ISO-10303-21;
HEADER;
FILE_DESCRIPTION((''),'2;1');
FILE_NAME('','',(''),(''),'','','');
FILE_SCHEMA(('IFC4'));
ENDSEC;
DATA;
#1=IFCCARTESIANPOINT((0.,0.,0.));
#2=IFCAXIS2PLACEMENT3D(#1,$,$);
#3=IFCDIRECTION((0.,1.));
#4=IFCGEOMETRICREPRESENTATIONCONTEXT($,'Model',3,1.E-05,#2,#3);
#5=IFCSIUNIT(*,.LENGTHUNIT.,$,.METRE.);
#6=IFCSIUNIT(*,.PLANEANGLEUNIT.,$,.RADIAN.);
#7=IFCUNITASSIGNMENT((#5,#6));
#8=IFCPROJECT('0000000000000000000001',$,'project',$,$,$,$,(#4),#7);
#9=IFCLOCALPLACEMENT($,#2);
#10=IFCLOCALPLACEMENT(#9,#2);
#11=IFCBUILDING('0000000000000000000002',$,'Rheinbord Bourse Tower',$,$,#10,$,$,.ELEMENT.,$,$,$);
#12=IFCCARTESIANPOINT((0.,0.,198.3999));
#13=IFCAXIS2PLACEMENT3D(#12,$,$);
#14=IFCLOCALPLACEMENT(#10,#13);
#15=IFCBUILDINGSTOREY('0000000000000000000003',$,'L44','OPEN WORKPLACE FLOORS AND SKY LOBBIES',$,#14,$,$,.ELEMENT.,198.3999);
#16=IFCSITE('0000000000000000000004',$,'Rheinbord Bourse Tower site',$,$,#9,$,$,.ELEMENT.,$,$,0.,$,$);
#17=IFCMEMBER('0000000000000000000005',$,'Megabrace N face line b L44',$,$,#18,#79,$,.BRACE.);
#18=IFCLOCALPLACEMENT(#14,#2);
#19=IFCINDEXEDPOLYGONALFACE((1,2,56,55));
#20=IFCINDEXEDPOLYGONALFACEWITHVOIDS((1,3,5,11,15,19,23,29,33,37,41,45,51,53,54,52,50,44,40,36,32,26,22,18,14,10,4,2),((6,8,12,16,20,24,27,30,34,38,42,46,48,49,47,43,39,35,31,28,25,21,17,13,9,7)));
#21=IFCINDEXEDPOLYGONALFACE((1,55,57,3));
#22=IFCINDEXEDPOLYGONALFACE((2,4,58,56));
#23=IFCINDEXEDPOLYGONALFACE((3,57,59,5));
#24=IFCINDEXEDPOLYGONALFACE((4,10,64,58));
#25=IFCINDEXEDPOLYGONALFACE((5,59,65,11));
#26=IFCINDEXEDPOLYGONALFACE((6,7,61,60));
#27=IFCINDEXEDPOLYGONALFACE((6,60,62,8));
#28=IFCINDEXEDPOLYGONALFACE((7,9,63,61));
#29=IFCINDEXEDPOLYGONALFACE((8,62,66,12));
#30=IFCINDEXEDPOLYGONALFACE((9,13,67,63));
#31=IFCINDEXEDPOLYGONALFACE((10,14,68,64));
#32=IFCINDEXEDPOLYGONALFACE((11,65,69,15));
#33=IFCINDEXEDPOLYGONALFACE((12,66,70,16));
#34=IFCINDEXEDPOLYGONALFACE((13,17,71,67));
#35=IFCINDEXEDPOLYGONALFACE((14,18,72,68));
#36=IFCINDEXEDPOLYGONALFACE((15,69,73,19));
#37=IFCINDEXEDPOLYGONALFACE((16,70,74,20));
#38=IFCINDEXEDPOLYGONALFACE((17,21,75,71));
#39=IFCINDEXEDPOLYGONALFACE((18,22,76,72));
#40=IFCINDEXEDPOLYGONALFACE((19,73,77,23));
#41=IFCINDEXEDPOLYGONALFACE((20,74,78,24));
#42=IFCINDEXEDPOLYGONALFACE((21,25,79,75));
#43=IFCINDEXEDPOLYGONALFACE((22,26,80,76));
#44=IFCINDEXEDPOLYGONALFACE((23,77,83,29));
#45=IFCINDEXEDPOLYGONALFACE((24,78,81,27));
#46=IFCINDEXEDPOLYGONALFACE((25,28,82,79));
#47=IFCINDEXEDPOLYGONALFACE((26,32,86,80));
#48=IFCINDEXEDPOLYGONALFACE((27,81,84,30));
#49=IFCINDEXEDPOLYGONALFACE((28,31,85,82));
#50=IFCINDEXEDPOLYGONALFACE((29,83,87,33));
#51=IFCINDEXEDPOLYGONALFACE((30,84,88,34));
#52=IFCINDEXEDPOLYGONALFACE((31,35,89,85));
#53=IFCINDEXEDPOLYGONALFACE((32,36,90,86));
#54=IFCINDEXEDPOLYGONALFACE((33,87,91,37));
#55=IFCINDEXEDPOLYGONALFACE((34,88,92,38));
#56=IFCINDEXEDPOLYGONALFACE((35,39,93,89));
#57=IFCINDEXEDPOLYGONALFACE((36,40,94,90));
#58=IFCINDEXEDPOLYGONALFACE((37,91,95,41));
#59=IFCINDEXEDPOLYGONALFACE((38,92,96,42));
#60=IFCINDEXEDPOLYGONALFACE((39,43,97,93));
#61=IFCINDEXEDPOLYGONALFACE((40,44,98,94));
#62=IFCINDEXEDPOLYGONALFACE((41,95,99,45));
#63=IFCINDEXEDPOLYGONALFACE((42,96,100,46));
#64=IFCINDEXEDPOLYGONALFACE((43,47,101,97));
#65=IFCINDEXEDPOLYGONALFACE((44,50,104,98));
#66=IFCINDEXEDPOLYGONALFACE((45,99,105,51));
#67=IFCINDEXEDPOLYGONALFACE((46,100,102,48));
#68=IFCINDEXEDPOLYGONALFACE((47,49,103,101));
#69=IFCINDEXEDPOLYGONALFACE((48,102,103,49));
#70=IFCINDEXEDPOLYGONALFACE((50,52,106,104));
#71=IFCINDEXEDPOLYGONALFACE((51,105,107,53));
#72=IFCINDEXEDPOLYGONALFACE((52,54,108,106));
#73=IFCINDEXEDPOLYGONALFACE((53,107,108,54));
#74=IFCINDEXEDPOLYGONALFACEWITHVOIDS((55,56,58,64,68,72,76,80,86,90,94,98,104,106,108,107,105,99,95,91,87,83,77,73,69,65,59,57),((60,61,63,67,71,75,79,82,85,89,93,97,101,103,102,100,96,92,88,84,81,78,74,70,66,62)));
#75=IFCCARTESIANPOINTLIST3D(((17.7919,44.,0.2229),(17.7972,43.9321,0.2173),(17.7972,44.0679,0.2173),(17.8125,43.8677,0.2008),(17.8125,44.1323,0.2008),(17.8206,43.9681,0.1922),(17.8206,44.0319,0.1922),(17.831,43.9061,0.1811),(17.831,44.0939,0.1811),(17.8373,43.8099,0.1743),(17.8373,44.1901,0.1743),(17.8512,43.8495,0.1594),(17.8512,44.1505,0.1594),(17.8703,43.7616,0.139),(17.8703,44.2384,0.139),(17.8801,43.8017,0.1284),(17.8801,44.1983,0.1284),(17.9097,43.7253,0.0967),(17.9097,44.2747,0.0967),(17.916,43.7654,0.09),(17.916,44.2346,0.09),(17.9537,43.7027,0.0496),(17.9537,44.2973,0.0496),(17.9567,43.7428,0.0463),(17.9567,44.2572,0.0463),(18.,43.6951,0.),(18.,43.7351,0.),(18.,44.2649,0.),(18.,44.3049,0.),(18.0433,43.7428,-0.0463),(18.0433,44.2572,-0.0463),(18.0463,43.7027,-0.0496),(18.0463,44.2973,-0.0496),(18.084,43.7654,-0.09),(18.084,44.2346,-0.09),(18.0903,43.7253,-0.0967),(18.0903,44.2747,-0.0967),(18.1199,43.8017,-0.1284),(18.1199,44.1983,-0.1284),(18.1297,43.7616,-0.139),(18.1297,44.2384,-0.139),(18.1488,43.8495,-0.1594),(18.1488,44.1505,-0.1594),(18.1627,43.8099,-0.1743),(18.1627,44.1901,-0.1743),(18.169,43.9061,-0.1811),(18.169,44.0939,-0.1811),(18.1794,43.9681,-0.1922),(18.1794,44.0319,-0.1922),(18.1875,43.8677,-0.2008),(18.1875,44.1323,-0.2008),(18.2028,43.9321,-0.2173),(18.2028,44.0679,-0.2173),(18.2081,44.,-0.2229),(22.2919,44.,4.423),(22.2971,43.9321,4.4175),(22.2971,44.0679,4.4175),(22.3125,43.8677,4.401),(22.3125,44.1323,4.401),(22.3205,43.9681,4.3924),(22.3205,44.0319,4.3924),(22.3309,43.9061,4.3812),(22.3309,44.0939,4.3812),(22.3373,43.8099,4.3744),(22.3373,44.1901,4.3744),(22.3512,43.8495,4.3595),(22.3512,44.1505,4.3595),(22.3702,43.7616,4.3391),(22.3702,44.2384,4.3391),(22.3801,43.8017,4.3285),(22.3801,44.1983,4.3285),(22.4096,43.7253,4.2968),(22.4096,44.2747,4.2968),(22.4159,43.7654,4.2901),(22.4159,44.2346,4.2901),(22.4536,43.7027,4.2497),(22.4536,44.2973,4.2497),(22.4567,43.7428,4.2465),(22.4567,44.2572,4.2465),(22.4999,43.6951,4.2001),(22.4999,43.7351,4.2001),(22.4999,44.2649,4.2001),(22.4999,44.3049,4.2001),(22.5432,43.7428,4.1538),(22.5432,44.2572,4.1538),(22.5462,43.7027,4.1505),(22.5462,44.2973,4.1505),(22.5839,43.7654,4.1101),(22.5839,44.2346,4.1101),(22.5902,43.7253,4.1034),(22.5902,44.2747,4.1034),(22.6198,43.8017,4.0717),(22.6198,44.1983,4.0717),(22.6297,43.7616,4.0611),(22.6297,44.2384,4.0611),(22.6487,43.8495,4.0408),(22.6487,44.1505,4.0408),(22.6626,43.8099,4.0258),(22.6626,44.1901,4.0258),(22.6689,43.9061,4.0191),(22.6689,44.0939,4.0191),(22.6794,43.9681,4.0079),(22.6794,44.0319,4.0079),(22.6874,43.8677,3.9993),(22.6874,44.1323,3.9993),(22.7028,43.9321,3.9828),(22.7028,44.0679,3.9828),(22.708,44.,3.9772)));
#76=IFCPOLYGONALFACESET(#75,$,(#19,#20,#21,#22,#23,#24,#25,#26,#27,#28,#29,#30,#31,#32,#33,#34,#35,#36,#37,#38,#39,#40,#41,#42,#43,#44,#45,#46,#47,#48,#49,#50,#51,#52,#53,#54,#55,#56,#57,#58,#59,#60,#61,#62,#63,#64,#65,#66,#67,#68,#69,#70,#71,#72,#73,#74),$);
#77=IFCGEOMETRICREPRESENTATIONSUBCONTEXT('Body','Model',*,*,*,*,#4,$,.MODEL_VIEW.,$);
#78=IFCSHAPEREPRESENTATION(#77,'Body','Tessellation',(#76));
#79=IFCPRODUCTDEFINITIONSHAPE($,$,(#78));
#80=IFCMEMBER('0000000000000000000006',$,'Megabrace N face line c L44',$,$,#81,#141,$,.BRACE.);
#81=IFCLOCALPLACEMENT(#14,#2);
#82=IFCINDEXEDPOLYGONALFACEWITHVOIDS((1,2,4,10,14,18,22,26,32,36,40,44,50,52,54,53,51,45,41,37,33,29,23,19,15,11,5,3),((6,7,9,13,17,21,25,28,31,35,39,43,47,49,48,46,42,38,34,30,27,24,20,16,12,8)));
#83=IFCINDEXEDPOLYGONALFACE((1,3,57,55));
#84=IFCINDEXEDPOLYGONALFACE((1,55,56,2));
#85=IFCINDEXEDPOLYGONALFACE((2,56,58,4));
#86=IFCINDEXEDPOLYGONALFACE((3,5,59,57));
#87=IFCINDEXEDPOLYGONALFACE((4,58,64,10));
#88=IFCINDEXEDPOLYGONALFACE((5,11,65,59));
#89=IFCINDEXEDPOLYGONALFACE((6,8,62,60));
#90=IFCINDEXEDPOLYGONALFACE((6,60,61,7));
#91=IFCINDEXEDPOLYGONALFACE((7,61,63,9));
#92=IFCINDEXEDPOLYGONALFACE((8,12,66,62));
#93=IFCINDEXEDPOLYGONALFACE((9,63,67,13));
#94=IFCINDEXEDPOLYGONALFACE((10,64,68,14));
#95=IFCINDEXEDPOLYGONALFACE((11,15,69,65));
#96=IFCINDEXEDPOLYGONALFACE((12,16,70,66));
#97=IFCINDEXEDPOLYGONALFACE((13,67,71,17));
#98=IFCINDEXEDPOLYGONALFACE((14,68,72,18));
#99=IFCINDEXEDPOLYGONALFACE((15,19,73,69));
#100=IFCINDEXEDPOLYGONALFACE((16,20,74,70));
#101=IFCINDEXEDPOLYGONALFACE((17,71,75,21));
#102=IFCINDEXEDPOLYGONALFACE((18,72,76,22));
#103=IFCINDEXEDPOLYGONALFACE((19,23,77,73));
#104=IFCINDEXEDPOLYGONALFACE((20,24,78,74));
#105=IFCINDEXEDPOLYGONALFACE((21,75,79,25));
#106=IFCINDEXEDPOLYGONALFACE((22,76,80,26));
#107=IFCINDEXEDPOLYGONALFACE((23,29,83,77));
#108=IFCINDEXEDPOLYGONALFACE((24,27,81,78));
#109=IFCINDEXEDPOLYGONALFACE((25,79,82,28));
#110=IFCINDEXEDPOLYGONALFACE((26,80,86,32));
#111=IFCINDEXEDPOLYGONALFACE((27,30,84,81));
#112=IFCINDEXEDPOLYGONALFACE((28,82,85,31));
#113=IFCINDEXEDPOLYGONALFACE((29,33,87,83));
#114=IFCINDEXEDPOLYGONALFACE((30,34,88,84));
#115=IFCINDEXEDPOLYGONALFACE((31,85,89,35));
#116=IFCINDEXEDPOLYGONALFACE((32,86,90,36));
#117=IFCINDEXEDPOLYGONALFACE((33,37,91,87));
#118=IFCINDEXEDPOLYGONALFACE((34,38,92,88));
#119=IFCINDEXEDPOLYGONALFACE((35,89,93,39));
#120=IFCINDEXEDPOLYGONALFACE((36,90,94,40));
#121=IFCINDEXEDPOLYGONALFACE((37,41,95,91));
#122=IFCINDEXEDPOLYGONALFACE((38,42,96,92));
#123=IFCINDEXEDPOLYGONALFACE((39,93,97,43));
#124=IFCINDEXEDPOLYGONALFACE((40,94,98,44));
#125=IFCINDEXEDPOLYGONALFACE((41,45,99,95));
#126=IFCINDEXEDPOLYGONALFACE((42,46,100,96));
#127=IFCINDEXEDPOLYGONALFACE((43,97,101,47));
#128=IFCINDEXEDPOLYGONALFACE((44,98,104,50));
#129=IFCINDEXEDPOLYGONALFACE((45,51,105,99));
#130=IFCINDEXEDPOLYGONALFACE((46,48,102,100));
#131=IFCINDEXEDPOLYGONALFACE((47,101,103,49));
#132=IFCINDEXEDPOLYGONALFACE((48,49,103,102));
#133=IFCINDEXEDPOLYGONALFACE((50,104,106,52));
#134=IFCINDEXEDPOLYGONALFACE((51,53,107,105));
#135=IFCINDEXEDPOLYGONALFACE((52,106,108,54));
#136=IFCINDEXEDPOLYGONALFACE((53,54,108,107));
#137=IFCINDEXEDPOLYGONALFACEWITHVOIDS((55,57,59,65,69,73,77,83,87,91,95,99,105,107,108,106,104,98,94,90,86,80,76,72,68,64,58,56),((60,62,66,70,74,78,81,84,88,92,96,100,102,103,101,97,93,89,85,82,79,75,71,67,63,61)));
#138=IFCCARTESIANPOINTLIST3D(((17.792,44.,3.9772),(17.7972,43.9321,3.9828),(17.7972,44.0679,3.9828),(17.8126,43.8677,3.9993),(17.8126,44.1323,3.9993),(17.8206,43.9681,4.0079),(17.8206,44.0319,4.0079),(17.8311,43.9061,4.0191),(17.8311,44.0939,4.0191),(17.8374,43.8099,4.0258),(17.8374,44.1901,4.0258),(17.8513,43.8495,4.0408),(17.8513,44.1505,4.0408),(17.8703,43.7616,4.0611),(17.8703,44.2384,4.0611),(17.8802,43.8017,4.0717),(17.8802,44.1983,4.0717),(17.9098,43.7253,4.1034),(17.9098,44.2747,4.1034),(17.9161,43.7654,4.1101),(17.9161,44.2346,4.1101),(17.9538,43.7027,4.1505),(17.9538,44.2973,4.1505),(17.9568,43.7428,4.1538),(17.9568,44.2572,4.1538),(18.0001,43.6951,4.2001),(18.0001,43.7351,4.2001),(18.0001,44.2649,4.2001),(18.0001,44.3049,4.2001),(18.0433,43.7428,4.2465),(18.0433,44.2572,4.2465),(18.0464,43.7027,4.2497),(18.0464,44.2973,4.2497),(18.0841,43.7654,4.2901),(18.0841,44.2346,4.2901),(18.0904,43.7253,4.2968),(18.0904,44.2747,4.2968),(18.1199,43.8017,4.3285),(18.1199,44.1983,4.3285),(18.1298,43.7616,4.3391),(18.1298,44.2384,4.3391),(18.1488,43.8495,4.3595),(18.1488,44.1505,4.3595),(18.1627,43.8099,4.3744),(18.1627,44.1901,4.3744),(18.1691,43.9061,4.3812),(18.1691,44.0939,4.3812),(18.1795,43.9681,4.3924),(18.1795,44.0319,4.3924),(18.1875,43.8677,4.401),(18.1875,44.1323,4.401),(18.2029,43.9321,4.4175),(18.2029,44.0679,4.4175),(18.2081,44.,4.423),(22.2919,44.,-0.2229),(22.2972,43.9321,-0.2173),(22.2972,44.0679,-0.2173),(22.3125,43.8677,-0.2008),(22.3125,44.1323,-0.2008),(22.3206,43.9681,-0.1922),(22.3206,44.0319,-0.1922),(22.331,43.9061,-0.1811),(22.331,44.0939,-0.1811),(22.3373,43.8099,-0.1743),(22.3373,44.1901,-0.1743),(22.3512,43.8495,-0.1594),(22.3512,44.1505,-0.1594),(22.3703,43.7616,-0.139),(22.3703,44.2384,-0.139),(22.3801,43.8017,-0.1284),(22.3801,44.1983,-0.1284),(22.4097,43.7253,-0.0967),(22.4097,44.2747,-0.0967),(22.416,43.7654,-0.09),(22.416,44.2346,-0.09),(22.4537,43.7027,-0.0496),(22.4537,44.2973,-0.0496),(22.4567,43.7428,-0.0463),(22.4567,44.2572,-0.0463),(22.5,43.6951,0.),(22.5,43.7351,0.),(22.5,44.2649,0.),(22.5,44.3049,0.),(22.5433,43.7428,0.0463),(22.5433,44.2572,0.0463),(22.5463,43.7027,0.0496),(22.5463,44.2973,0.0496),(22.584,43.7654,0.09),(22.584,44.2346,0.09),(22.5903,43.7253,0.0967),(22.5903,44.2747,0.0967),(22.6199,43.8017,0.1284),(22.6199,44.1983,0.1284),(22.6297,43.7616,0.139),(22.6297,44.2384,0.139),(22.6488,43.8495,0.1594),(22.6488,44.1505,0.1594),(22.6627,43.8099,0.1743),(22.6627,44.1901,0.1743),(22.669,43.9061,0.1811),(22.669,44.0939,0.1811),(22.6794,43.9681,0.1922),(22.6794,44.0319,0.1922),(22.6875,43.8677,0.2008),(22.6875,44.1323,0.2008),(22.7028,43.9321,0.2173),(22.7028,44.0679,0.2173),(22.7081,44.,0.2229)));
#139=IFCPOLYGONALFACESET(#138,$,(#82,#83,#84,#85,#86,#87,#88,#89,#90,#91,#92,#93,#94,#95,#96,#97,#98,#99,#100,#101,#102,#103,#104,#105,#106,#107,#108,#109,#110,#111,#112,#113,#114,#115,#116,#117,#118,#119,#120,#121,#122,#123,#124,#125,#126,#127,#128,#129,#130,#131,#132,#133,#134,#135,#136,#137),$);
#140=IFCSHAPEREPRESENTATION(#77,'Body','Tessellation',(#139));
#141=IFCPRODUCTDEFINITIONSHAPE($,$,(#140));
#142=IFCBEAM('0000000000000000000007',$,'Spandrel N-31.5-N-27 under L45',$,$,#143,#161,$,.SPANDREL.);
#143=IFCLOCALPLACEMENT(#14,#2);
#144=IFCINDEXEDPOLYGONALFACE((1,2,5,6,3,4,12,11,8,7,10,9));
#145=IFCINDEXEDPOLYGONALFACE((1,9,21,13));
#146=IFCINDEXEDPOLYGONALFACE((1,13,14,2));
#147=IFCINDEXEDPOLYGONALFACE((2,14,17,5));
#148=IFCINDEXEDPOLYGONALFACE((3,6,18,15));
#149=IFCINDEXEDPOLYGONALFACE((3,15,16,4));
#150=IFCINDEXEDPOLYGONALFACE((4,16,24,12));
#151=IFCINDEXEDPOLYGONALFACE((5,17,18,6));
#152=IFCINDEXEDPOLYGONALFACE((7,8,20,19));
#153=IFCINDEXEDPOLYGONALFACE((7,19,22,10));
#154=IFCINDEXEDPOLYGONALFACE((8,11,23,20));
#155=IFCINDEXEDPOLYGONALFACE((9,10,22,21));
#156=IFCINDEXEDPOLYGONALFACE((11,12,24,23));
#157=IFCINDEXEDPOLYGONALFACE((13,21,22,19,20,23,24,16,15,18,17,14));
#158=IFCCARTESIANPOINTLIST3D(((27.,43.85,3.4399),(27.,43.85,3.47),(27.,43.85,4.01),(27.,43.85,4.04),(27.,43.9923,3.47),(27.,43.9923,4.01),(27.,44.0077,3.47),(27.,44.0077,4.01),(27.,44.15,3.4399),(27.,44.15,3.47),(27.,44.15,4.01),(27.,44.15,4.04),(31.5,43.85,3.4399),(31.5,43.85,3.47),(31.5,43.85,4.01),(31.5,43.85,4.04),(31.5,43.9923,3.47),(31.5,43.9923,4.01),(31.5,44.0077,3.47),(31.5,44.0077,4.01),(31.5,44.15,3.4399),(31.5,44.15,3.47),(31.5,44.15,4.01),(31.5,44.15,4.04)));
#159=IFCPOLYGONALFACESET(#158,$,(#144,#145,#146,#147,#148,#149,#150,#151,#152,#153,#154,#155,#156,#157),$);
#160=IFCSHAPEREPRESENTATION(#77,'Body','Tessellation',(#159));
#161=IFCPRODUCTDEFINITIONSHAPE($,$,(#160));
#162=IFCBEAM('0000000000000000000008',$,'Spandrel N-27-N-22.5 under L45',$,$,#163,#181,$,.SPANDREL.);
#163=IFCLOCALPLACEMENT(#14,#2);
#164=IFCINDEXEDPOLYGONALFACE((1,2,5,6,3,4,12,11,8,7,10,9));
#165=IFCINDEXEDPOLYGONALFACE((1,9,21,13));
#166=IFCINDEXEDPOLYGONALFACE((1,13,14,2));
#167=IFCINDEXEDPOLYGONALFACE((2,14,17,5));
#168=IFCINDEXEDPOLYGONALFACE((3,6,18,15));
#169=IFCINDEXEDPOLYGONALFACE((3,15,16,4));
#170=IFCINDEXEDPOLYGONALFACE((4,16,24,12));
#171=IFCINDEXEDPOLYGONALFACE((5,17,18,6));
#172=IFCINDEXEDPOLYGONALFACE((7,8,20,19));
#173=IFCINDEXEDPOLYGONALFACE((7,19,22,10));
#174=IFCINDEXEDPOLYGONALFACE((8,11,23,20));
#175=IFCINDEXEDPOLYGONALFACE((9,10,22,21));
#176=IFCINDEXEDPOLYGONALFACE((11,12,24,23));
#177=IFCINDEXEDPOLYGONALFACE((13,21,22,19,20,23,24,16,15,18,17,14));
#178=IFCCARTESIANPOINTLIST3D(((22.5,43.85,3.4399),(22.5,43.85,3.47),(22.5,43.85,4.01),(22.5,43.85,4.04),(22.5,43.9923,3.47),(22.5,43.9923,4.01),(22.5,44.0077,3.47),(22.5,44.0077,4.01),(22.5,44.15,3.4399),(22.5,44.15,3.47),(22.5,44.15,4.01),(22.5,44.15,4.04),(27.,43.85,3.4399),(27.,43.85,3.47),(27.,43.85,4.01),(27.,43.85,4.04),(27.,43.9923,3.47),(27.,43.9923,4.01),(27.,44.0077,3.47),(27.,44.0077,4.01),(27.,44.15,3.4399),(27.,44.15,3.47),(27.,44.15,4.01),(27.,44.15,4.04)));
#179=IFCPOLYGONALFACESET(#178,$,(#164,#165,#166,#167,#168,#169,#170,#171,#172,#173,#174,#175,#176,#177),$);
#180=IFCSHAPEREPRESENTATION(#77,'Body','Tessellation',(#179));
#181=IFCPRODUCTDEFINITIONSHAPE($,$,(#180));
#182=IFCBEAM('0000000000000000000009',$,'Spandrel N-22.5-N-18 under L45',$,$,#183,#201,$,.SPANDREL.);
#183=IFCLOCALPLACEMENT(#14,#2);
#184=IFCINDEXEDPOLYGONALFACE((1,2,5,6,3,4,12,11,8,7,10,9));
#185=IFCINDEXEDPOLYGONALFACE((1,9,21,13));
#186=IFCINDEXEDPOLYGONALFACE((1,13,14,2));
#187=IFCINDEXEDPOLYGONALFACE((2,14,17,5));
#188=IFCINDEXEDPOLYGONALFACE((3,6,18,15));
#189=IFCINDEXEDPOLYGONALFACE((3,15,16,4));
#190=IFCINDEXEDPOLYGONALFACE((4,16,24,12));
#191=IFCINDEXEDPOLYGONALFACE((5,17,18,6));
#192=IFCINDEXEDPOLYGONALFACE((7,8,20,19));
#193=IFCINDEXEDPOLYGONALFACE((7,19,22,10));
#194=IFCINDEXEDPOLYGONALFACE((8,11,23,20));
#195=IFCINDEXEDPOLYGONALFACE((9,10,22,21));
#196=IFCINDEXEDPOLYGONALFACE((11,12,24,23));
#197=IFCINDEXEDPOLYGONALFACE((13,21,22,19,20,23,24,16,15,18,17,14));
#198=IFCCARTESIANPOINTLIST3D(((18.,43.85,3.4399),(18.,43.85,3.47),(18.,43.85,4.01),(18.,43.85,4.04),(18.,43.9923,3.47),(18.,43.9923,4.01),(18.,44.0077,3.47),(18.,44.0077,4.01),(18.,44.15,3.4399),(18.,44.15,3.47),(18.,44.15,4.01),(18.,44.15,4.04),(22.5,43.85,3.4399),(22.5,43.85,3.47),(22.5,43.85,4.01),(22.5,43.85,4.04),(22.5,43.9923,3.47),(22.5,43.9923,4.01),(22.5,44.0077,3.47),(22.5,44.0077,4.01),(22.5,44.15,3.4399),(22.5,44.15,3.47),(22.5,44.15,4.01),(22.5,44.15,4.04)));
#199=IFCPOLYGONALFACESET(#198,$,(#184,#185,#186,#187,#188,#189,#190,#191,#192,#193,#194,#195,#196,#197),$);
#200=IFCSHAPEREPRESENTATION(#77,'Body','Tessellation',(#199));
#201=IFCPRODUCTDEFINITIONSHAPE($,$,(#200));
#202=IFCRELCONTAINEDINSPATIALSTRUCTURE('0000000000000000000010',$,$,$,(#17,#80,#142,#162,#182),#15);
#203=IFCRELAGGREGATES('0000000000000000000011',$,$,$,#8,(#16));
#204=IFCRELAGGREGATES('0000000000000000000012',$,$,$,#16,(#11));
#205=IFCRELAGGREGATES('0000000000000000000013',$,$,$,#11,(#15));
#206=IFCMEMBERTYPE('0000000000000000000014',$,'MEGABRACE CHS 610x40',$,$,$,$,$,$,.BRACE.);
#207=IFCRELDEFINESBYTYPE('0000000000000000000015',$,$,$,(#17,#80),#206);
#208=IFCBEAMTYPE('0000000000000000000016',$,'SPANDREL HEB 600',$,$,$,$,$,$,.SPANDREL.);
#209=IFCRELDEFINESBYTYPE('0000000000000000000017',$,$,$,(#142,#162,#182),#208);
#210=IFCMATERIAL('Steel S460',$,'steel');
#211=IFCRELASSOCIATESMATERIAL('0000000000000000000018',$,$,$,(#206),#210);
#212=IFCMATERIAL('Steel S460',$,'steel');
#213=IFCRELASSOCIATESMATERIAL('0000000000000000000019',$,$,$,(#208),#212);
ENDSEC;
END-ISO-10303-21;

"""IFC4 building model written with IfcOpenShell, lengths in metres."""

from ifc_helpers import new_model, si_unit, direction, frame, origin, origin_2d, place, context, subcontext, project, spatial, hollow_circle, i_section, extrude, material, material_profile, profile_set, type_object, element, save


model = new_model("IFC4")

# Units and contexts
model_context = context("Model", 3, precision=1e-05, world=origin(), true_north=direction((0.0, 1.0)))
body_context = subcontext(model_context, "Body", "Model", "MODEL_VIEW")
ifc_project = project(units=[si_unit("LENGTHUNIT", "METRE"), si_unit("PLANEANGLEUNIT", "RADIAN")], contexts=[model_context])

# Site, building, storey
site_placement = place(None, origin())
site = spatial("IfcSite", under=ifc_project, at=site_placement, Name="Rheinbord Bourse Tower site", CompositionType="ELEMENT", RefElevation=0.0)
building_placement = place(site_placement, origin())
building = spatial("IfcBuilding", under=site, at=building_placement, Name="Rheinbord Bourse Tower", CompositionType="ELEMENT")
storey_placement = place(building_placement, frame((0.0, 0.0, 198.3999)))
storey = spatial("IfcBuildingStorey", under=building, at=storey_placement, Name="L44", Description="OPEN WORKPLACE FLOORS AND SKY LOBBIES", CompositionType="ELEMENT", Elevation=198.3999)

# Members
ifc_material_1 = material(Name="Steel S460", Category="steel")
ifc_material_profile_1 = material_profile(ifc_material_1, hollow_circle(Radius=0.3049, WallThickness=0.04, at=origin_2d()), Name="CHS 610x40")
ifc_profile_set_1 = profile_set([ifc_material_profile_1], Name="Steel S460")
member_type_1 = type_object("IfcMemberType", Name="MEGABRACE CHS 610x40", PredefinedType="BRACE", material=ifc_profile_set_1)
for number, where, z_axis, x_axis, name in (
    (1, (18.0, 44.0, 0.0), (0.731039, 0.0, 0.682335), (0.0, 1.0, 0.0), "Megabrace N face line b L44"),
    (2, (22.5, 44.0, 0.0), (-0.731039, 0.0, 0.682335), (0.0, -1.0, 0.0), "Megabrace N face line c L44"),
):
    element("IfcMember", number, at=place(storey_placement, frame(where, z_axis=z_axis, x_axis=x_axis)), inside=storey, type_object=member_type_1, Name=name, PredefinedType="BRACE", context=body_context, shape_type="SweptSolid", body=[
        extrude(hollow_circle(Radius=0.3049, WallThickness=0.04, at=origin_2d()), origin(), (0.0, 0.0, 1.0), 6.1555),
    ])

# Beams
ifc_material_2 = material(Name="Steel S460", Category="steel")
ifc_material_profile_2 = material_profile(ifc_material_2, i_section(OverallWidth=0.3, OverallDepth=0.6001, WebThickness=0.0154, FlangeThickness=0.03, at=origin_2d()), Name="HEB 600")
ifc_profile_set_2 = profile_set([ifc_material_profile_2], Name="Steel S460")
beam_type_1 = type_object("IfcBeamType", Name="SPANDREL HEB 600", PredefinedType="SPANDREL", material=ifc_profile_set_2)
for number, where, z_axis, x_axis, name in (
    (3, (31.5, 44.0, 3.74), (-1.0, 0.0, 0.0), (0.0, -1.0, 0.0), "Spandrel N-31.5-N-27 under L45"),
    (4, (27.0, 44.0, 3.74), (-1.0, 0.0, 0.0), (0.0, -1.0, 0.0), "Spandrel N-27-N-22.5 under L45"),
    (5, (22.5, 44.0, 3.74), (-1.0, 0.0, 0.0), (0.0, -1.0, 0.0), "Spandrel N-22.5-N-18 under L45"),
):
    element("IfcBeam", number, at=place(storey_placement, frame(where, z_axis=z_axis, x_axis=x_axis)), inside=storey, type_object=beam_type_1, Name=name, PredefinedType="SPANDREL", context=body_context, shape_type="SweptSolid", body=[
        extrude(i_section(OverallWidth=0.3, OverallDepth=0.6001, WebThickness=0.0154, FlangeThickness=0.03, at=origin_2d()), origin(), (0.0, 0.0, 1.0), 4.5),
    ])

save(model, "model.ifc")
